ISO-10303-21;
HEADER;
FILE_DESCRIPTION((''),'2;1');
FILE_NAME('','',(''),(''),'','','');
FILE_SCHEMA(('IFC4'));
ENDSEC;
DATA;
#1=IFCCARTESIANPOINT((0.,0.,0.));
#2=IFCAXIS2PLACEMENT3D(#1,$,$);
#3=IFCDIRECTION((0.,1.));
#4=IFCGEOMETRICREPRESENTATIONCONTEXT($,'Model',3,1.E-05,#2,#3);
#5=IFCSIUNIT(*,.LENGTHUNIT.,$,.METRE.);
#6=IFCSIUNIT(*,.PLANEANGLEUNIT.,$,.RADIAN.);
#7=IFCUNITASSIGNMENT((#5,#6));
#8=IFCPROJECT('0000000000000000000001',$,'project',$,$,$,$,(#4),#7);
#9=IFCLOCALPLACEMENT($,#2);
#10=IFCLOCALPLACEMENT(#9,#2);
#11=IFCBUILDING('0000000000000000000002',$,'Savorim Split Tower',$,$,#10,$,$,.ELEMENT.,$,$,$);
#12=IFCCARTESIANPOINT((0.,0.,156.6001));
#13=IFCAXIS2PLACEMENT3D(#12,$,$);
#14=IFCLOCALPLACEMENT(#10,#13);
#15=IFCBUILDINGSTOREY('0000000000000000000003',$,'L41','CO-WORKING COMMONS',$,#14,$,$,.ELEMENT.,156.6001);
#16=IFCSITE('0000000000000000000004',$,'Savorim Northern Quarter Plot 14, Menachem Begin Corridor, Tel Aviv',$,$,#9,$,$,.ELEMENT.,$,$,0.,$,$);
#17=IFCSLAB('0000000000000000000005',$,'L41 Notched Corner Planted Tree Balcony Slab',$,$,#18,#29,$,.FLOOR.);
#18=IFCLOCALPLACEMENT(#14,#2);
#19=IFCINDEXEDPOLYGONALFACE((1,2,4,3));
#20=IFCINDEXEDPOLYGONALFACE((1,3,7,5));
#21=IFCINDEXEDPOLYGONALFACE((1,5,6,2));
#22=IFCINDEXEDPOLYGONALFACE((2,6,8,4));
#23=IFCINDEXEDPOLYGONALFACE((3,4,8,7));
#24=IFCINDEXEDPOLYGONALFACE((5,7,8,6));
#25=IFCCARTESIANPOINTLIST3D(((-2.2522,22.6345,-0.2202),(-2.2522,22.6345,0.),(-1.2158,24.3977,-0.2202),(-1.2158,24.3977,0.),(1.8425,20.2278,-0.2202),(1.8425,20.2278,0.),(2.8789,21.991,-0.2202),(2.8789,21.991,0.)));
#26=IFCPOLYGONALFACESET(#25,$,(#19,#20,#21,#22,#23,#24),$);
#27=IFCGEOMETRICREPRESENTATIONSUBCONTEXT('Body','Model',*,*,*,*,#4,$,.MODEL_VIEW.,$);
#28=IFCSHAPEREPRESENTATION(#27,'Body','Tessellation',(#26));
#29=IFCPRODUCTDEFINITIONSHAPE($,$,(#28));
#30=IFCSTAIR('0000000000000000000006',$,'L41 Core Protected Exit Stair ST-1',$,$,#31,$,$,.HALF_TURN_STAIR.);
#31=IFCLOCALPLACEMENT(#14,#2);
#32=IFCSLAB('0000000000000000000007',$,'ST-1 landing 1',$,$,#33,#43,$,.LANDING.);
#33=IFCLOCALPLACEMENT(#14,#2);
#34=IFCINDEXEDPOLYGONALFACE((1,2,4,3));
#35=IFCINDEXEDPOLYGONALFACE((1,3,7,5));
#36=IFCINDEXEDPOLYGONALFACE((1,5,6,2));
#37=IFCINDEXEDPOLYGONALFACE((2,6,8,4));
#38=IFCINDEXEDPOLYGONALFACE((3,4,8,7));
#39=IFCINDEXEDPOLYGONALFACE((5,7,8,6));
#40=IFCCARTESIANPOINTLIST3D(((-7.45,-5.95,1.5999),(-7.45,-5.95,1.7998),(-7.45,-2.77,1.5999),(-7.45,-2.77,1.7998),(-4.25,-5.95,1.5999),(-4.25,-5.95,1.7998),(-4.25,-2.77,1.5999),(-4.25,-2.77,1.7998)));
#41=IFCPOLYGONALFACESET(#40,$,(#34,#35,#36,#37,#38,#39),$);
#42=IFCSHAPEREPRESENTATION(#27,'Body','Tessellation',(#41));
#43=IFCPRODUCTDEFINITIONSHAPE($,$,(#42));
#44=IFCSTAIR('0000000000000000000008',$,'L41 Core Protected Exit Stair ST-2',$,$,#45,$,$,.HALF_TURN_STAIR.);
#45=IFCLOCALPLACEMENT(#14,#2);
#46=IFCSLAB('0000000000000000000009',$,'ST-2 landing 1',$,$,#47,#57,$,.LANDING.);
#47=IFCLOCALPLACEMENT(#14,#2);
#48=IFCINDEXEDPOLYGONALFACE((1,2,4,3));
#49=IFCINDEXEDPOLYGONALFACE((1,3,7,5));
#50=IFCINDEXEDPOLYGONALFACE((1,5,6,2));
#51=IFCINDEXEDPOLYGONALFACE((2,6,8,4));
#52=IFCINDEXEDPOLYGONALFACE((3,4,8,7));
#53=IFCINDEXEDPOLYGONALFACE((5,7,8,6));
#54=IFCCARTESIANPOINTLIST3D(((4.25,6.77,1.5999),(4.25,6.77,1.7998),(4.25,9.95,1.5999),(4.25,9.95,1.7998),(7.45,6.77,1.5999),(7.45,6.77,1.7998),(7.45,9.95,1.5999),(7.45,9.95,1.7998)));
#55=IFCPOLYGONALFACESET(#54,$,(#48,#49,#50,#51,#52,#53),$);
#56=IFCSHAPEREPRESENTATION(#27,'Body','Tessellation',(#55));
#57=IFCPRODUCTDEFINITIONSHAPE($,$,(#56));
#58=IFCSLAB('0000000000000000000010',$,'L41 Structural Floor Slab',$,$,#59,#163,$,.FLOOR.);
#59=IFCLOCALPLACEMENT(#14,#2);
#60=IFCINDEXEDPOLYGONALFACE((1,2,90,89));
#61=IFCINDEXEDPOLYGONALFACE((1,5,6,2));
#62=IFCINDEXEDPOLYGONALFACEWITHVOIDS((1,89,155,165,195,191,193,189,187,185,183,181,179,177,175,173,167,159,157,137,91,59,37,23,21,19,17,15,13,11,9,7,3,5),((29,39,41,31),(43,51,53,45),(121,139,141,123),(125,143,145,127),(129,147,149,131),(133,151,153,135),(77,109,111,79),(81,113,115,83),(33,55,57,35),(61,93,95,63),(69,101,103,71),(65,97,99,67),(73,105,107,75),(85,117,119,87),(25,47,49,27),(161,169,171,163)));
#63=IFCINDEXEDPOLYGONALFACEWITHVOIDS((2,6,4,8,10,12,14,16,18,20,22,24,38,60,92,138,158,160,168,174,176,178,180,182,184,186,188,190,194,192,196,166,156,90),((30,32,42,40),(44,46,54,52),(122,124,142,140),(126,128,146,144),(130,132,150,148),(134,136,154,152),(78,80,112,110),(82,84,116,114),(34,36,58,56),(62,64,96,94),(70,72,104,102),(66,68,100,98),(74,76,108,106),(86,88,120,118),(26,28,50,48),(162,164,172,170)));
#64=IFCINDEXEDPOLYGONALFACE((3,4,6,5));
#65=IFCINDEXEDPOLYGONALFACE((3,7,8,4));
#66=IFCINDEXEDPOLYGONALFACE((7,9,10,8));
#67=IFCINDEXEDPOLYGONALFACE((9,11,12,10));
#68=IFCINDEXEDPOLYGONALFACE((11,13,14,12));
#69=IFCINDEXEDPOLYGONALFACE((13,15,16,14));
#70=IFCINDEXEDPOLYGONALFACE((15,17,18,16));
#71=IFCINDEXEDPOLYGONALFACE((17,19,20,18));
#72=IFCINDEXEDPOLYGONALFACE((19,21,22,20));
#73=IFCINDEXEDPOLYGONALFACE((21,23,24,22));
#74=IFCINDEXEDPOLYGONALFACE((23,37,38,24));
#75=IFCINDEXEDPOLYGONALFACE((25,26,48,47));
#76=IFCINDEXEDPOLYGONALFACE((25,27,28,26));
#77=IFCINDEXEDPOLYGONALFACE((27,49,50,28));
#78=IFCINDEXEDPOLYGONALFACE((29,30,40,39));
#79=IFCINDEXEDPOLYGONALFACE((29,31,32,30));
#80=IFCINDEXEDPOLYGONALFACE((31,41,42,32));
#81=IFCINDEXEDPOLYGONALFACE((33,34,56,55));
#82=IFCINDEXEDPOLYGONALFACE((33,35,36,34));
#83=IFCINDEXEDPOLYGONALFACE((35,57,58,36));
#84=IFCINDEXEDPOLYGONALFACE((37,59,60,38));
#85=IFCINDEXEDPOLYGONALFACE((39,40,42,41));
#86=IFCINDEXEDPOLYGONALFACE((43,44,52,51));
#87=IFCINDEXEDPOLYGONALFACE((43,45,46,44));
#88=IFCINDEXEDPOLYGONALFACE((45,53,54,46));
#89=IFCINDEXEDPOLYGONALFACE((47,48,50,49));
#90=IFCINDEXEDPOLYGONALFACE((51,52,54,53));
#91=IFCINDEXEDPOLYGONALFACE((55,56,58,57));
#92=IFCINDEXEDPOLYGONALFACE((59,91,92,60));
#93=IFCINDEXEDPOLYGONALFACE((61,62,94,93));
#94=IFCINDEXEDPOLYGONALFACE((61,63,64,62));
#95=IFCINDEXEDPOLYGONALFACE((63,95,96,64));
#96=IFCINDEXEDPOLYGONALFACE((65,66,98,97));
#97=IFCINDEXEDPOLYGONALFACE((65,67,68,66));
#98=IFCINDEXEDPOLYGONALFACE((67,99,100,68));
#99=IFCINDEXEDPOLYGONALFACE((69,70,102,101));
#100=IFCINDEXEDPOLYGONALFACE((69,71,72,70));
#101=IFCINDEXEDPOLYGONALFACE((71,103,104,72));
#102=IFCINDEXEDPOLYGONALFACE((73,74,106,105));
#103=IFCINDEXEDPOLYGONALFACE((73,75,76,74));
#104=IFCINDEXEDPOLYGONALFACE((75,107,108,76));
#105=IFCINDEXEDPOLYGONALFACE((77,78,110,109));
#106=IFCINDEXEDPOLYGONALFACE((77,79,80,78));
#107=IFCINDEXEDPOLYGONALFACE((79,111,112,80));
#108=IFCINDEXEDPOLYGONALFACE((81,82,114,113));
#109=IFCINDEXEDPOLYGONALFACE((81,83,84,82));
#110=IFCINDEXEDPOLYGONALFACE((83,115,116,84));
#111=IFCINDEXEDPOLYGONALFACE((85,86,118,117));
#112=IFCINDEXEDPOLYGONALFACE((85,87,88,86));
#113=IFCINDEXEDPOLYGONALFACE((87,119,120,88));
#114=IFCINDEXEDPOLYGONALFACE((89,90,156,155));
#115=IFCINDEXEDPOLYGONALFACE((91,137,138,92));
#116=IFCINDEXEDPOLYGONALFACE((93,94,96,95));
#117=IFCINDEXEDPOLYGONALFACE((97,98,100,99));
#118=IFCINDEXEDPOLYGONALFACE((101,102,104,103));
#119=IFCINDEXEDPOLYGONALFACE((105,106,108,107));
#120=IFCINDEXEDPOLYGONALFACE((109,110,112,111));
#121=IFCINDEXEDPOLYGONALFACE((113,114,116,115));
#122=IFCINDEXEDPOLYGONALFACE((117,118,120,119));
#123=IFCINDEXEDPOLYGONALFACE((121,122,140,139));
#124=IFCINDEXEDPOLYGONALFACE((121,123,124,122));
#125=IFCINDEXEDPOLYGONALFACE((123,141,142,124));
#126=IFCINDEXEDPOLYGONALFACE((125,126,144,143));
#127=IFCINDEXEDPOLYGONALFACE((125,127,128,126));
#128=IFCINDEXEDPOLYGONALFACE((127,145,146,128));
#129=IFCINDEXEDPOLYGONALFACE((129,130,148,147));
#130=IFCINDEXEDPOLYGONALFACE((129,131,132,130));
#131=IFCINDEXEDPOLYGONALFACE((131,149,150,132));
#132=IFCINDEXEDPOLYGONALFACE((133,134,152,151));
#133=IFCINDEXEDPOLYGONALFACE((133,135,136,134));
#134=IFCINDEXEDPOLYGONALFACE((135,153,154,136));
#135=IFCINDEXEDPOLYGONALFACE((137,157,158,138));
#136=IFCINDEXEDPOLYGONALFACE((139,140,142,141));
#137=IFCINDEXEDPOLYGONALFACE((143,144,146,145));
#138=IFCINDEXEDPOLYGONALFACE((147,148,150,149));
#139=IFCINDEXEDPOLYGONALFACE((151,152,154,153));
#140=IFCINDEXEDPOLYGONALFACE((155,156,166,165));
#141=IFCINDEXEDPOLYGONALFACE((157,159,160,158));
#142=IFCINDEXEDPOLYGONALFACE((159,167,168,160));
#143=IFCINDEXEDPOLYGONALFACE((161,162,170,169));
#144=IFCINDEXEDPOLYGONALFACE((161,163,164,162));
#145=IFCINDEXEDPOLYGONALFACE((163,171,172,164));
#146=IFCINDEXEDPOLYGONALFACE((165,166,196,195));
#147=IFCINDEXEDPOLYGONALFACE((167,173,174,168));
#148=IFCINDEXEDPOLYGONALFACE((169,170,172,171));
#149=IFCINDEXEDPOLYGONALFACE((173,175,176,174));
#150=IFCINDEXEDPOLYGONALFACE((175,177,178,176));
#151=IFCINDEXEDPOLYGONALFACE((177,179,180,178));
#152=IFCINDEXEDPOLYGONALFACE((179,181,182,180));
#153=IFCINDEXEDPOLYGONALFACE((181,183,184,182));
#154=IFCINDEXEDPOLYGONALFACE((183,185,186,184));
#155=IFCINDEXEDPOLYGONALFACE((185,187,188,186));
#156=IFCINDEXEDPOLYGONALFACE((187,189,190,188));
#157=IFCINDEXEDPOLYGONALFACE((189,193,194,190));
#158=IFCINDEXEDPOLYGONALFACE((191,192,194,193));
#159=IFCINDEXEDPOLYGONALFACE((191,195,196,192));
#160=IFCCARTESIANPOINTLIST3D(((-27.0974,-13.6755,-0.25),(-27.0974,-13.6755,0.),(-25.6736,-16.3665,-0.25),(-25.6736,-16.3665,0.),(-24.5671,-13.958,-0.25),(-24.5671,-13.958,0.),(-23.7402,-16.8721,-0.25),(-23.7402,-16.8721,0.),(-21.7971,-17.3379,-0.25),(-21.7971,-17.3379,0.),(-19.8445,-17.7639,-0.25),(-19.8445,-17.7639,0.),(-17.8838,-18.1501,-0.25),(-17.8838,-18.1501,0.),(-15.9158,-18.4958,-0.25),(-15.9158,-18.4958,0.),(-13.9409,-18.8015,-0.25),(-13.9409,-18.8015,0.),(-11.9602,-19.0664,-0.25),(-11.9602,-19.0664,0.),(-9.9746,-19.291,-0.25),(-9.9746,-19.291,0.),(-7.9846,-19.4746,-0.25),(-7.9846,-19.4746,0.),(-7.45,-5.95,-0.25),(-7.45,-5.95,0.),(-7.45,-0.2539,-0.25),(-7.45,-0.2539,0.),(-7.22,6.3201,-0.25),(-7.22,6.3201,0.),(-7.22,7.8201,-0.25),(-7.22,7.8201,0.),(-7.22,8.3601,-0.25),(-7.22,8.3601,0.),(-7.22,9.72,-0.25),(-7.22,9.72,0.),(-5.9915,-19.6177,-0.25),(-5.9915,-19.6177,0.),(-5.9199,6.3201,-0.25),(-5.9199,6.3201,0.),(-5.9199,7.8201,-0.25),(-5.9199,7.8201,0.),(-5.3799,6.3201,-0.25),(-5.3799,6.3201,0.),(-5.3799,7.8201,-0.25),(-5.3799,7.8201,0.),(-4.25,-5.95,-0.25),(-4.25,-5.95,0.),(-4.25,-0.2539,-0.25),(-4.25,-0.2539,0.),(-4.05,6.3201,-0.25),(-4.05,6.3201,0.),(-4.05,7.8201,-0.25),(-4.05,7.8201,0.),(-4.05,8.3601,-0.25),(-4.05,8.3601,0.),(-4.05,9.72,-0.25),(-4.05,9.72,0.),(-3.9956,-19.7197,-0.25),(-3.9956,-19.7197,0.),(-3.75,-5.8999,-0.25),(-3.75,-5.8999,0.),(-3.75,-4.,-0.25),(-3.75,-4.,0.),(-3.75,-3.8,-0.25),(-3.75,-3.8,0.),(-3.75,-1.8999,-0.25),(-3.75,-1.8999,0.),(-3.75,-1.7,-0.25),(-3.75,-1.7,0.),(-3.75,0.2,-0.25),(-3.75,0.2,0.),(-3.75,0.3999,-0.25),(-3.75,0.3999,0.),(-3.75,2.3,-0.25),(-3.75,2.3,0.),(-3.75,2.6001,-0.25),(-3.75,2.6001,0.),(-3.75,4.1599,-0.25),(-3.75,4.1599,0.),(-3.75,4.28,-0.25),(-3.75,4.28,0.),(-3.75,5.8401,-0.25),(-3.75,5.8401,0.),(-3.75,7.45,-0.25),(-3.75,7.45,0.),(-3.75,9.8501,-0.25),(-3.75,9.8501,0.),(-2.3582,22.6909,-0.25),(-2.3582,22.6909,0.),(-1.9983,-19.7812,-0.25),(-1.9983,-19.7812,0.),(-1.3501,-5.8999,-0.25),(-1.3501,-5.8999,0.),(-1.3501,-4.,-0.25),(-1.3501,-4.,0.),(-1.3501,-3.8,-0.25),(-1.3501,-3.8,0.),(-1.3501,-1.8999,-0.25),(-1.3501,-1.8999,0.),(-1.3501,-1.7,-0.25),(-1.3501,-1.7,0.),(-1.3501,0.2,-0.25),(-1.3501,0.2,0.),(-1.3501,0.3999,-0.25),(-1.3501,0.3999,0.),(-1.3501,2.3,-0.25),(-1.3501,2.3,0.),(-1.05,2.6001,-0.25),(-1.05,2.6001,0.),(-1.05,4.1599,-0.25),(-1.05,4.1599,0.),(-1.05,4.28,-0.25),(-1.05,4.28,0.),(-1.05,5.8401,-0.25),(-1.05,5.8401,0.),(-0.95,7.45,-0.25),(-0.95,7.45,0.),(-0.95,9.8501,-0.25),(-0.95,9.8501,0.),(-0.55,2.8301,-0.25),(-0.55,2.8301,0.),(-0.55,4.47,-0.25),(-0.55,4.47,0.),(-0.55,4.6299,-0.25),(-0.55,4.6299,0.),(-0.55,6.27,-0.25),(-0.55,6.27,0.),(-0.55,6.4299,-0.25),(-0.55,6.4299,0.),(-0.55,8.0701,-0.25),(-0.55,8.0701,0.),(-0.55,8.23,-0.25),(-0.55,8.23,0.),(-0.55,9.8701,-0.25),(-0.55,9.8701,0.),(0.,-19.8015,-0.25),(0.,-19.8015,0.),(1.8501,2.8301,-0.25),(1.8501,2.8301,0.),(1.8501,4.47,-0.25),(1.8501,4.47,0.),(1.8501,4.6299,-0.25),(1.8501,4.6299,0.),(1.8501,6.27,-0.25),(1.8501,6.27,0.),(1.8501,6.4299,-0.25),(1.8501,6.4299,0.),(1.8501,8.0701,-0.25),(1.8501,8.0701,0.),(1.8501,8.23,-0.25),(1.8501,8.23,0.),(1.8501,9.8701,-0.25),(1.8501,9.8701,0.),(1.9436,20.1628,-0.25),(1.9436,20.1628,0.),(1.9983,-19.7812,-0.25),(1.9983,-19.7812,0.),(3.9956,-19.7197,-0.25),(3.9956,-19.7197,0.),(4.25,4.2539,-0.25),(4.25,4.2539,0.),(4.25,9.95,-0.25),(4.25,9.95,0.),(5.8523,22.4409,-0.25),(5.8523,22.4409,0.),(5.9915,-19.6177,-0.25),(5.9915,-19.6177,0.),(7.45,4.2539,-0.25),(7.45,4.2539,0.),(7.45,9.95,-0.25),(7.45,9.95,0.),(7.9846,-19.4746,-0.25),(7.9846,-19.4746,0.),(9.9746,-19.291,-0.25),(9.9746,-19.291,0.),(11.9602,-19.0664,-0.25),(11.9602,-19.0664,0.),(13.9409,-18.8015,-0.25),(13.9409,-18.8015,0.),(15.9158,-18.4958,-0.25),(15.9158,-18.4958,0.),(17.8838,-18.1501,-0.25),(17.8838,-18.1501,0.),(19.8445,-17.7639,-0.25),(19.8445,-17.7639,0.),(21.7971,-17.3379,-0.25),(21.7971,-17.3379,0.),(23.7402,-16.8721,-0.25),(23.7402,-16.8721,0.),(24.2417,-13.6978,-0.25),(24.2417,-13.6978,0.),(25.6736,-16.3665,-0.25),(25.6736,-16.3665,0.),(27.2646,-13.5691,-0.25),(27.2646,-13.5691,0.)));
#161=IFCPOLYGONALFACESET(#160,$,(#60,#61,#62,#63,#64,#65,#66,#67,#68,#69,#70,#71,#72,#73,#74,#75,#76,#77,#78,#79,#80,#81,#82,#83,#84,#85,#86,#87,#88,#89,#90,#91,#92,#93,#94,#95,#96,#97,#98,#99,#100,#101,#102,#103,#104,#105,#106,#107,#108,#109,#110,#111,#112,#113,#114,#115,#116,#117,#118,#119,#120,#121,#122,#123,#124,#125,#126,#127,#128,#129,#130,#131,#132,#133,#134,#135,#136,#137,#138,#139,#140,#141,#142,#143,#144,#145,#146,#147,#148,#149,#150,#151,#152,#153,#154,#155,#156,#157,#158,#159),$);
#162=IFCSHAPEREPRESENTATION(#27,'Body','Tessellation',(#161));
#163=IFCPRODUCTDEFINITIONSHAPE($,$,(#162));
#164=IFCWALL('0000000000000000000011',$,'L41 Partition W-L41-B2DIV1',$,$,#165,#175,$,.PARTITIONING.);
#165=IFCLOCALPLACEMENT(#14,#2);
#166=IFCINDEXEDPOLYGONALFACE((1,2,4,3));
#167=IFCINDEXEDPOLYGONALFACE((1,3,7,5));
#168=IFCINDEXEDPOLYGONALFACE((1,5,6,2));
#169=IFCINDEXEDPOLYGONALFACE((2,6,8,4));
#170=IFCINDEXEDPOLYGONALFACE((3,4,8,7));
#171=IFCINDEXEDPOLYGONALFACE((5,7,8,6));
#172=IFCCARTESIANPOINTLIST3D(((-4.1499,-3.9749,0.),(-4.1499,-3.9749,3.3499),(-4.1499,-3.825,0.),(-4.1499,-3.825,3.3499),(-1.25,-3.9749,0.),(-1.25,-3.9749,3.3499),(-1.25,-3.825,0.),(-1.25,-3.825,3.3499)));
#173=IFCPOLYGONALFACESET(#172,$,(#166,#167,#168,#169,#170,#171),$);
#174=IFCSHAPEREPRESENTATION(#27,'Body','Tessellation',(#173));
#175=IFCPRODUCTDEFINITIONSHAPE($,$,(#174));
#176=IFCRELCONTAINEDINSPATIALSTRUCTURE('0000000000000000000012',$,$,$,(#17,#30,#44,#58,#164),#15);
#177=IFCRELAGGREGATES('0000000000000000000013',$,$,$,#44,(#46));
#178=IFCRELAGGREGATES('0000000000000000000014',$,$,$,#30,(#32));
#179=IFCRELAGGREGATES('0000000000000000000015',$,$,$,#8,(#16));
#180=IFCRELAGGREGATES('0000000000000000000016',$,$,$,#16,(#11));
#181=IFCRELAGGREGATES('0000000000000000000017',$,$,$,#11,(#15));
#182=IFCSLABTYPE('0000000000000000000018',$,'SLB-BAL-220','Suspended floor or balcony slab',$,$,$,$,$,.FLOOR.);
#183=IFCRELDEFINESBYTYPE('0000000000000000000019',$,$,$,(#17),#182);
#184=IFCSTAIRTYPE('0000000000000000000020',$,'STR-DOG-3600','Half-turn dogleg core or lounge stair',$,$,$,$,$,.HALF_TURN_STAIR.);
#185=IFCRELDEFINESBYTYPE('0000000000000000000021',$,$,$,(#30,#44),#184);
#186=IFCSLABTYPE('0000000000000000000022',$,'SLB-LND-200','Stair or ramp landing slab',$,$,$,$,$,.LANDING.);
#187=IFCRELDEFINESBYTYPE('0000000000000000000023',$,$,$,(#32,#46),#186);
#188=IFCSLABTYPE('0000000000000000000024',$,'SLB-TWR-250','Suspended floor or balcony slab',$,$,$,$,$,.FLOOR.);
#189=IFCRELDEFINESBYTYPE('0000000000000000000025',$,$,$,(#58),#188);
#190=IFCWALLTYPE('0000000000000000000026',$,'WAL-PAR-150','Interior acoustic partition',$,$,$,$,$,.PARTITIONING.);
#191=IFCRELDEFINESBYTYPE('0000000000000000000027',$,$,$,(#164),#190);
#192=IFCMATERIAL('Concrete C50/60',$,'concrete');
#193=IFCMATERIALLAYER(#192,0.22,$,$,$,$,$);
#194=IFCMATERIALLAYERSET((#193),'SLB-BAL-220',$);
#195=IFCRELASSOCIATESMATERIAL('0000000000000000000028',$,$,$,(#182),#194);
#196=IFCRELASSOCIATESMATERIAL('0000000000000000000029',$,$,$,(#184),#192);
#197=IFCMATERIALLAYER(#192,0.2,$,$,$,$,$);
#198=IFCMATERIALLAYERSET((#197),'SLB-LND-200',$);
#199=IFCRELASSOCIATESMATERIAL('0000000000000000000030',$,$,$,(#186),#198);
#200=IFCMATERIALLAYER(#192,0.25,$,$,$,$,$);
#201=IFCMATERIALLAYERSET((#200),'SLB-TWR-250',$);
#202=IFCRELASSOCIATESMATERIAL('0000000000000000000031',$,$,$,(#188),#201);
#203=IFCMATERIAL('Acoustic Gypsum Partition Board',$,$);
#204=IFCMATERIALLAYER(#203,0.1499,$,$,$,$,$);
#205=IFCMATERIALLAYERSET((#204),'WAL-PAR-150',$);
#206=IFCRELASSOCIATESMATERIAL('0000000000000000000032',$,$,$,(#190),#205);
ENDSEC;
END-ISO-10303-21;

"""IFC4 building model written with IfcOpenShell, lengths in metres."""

from ifc_helpers import new_model, si_unit, direction, frame, frame_2d, origin, place, context, subcontext, project, spatial, polyline, rectangle, outline, extrude, material, layer, layer_set, type_object, element, aggregate, save


model = new_model("IFC4")

# Units and contexts
model_context = context("Model", 3, precision=1e-05, world=origin(), true_north=direction((0.0, 1.0)))
body_context = subcontext(model_context, "Body", "Model", "MODEL_VIEW")
ifc_project = project(units=[si_unit("LENGTHUNIT", "METRE"), si_unit("PLANEANGLEUNIT", "RADIAN")], contexts=[model_context])

# Site, building, storey
site_placement = place(None, origin())
site = spatial("IfcSite", under=ifc_project, at=site_placement, Name="Savorim Northern Quarter Plot 14, Menachem Begin Corridor, Tel Aviv", CompositionType="ELEMENT", RefElevation=0.0)
building_placement = place(site_placement, origin())
building = spatial("IfcBuilding", under=site, at=building_placement, Name="Savorim Split Tower", CompositionType="ELEMENT")
storey_placement = place(building_placement, frame((0.0, 0.0, 156.6001)))
storey = spatial("IfcBuildingStorey", under=building, at=storey_placement, Name="L41", Description="CO-WORKING COMMONS", CompositionType="ELEMENT", Elevation=156.6001)

# Slab
ifc_material_1 = material(Name="Concrete C50/60", Category="concrete")
ifc_layer_1 = layer(ifc_material_1, 0.22)
ifc_layer_set_1 = layer_set([ifc_layer_1], Name="SLB-BAL-220")
slab_type_1 = type_object("IfcSlabType", Name="SLB-BAL-220", Description="Suspended floor or balcony slab", PredefinedType="FLOOR", material=ifc_layer_set_1)
slab_1_placement = place(storey_placement, frame((0.0, 0.0, -0.2202)))
element("IfcSlab", 1, at=slab_1_placement, inside=storey, type_object=slab_type_1, Name="L41 Notched Corner Planted Tree Balcony Slab", PredefinedType="FLOOR", context=body_context, shape_type="SweptSolid", body=[
    extrude(outline(polyline([(-2.2522, 22.6345), (1.8425, 20.2278), (2.8789, 21.991), (-1.2158, 24.3977), (-2.2522, 22.6345)])), origin(), (0.0, 0.0, 1.0), 0.2202),
])

# Stairs, slabs
stair_type = type_object("IfcStairType", Name="STR-DOG-3600", Description="Half-turn dogleg core or lounge stair", PredefinedType="HALF_TURN_STAIR", material=ifc_material_1)
stair_1_placement = place(storey_placement, origin())
stair_1 = element("IfcStair", 2, at=stair_1_placement, inside=storey, type_object=stair_type, Name="L41 Core Protected Exit Stair ST-1", PredefinedType="HALF_TURN_STAIR")
ifc_layer_2 = layer(ifc_material_1, 0.2)
ifc_layer_set_2 = layer_set([ifc_layer_2], Name="SLB-LND-200")
slab_type_2 = type_object("IfcSlabType", Name="SLB-LND-200", Description="Stair or ramp landing slab", PredefinedType="LANDING", material=ifc_layer_set_2)
slab_2_placement = place(storey_placement, frame((0.0, 0.0, 1.5999)))
slab_2 = element("IfcSlab", 3, at=slab_2_placement, type_object=slab_type_2, Name="ST-1 landing 1", PredefinedType="LANDING", context=body_context, shape_type="SweptSolid", body=[
    extrude(outline(polyline([(-7.45, -2.77), (-7.45, -5.95), (-4.25, -5.95), (-4.25, -2.77), (-7.45, -2.77)])), origin(), (0.0, 0.0, 1.0), 0.2),
])
stair_2_placement = place(storey_placement, origin())
stair_2 = element("IfcStair", 4, at=stair_2_placement, inside=storey, type_object=stair_type, Name="L41 Core Protected Exit Stair ST-2", PredefinedType="HALF_TURN_STAIR")
slab_3_placement = place(storey_placement, frame((0.0, 0.0, 1.5999)))
slab_3 = element("IfcSlab", 5, at=slab_3_placement, type_object=slab_type_2, Name="ST-2 landing 1", PredefinedType="LANDING", context=body_context, shape_type="SweptSolid", body=[
    extrude(outline(polyline([(7.45, 6.77), (7.45, 9.95), (4.25, 9.95), (4.25, 6.77), (7.45, 6.77)])), origin(), (0.0, 0.0, 1.0), 0.2),
])
aggregate(stair_2, [slab_3])

# Slab
ifc_layer_3 = layer(ifc_material_1, 0.25)
ifc_layer_set_3 = layer_set([ifc_layer_3], Name="SLB-TWR-250")
slab_type_3 = type_object("IfcSlabType", Name="SLB-TWR-250", Description="Suspended floor or balcony slab", PredefinedType="FLOOR", material=ifc_layer_set_3)
slab_4_placement = place(storey_placement, frame((0.0, 0.0, -0.25)))
element("IfcSlab", 6, at=slab_4_placement, inside=storey, type_object=slab_type_3, Name="L41 Structural Floor Slab", PredefinedType="FLOOR", context=body_context, shape_type="SweptSolid", body=[
    extrude(outline(polyline([(-25.6736, -16.3665), (-23.7402, -16.8721), (-21.7971, -17.3379), (-19.8445, -17.7639), (-17.8838, -18.1501), (-15.9158, -18.4958), (-13.9409, -18.8015), (-11.9602, -19.0664), (-9.9746, -19.291), (-7.9846, -19.4746), (-5.9915, -19.6177), (-3.9956, -19.7197), (-1.9983, -19.7812), (0.0, -19.8015), (1.9983, -19.7812), (3.9956, -19.7197), (5.9915, -19.6177), (7.9846, -19.4746), (9.9746, -19.291), (11.9602, -19.0664), (13.9409, -18.8015), (15.9158, -18.4958), (17.8838, -18.1501), (19.8445, -17.7639), (21.7971, -17.3379), (23.7402, -16.8721), (25.6736, -16.3665), (24.2417, -13.6978), (27.2646, -13.5691), (5.8523, 22.4409), (1.9436, 20.1628), (-2.3582, 22.6909), (-27.0974, -13.6755), (-24.5671, -13.958), (-25.6736, -16.3665)]), holes=[polyline([(-7.45, -0.2539), (-7.45, -5.95), (-4.25, -5.95), (-4.25, -0.2539), (-7.45, -0.2539)]), polyline([(7.45, 4.2539), (7.45, 9.95), (4.25, 9.95), (4.25, 4.2539), (7.45, 4.2539)]), polyline([(-3.75, -5.8999), (-1.3501, -5.8999), (-1.3501, -4.0), (-3.75, -4.0), (-3.75, -5.8999)]), polyline([(-3.75, -3.8), (-1.3501, -3.8), (-1.3501, -1.8999), (-3.75, -1.8999), (-3.75, -3.8)]), polyline([(-3.75, -1.7), (-1.3501, -1.7), (-1.3501, 0.2), (-3.75, 0.2), (-3.75, -1.7)]), polyline([(-3.75, 0.3999), (-1.3501, 0.3999), (-1.3501, 2.3), (-3.75, 2.3), (-3.75, 0.3999)]), polyline([(-0.55, 2.8301), (1.8501, 2.8301), (1.8501, 4.47), (-0.55, 4.47), (-0.55, 2.8301)]), polyline([(-0.55, 4.6299), (1.8501, 4.6299), (1.8501, 6.27), (-0.55, 6.27), (-0.55, 4.6299)]), polyline([(-0.55, 6.4299), (1.8501, 6.4299), (1.8501, 8.0701), (-0.55, 8.0701), (-0.55, 6.4299)]), polyline([(-0.55, 8.23), (1.8501, 8.23), (1.8501, 9.8701), (-0.55, 9.8701), (-0.55, 8.23)]), polyline([(-3.75, 2.6001), (-1.05, 2.6001), (-1.05, 4.1599), (-3.75, 4.1599), (-3.75, 2.6001)]), polyline([(-3.75, 4.28), (-1.05, 4.28), (-1.05, 5.8401), (-3.75, 5.8401), (-3.75, 4.28)]), polyline([(-3.75, 7.45), (-0.95, 7.45), (-0.95, 9.8501), (-3.75, 9.8501), (-3.75, 7.45)]), polyline([(-7.22, 6.3201), (-5.9199, 6.3201), (-5.9199, 7.8201), (-7.22, 7.8201), (-7.22, 6.3201)]), polyline([(-5.3799, 6.3201), (-4.05, 6.3201), (-4.05, 7.8201), (-5.3799, 7.8201), (-5.3799, 6.3201)]), polyline([(-7.22, 8.3601), (-4.05, 8.3601), (-4.05, 9.72), (-7.22, 9.72), (-7.22, 8.3601)])]), origin(), (0.0, 0.0, 1.0), 0.25),
])

# Wall
ifc_material_2 = material(Name="Acoustic Gypsum Partition Board")
ifc_layer_4 = layer(ifc_material_2, 0.1499)
ifc_layer_set_4 = layer_set([ifc_layer_4], Name="WAL-PAR-150")
wall_type_1 = type_object("IfcWallType", Name="WAL-PAR-150", Description="Interior acoustic partition", PredefinedType="PARTITIONING", material=ifc_layer_set_4)
for number, where, z_axis, x_axis, name in (
    (7, (-4.1499, -3.8999, 0.0), (0.0, 0.0, 1.0), (1.0, 0.0, 0.0), "L41 Partition W-L41-B2DIV1"),
):
    element("IfcWall", number, at=place(storey_placement, frame(where, z_axis=z_axis, x_axis=x_axis)), inside=storey, type_object=wall_type_1, Name=name, PredefinedType="PARTITIONING", context=body_context, shape_type="SweptSolid", body=[
        extrude(rectangle(XDim=2.8999, YDim=0.1499, at=frame_2d((1.45, 0.0))), origin(), (0.0, 0.0, 1.0), 3.3499),
    ])

aggregate(stair_1, [slab_2])

save(model, "model.ifc")
